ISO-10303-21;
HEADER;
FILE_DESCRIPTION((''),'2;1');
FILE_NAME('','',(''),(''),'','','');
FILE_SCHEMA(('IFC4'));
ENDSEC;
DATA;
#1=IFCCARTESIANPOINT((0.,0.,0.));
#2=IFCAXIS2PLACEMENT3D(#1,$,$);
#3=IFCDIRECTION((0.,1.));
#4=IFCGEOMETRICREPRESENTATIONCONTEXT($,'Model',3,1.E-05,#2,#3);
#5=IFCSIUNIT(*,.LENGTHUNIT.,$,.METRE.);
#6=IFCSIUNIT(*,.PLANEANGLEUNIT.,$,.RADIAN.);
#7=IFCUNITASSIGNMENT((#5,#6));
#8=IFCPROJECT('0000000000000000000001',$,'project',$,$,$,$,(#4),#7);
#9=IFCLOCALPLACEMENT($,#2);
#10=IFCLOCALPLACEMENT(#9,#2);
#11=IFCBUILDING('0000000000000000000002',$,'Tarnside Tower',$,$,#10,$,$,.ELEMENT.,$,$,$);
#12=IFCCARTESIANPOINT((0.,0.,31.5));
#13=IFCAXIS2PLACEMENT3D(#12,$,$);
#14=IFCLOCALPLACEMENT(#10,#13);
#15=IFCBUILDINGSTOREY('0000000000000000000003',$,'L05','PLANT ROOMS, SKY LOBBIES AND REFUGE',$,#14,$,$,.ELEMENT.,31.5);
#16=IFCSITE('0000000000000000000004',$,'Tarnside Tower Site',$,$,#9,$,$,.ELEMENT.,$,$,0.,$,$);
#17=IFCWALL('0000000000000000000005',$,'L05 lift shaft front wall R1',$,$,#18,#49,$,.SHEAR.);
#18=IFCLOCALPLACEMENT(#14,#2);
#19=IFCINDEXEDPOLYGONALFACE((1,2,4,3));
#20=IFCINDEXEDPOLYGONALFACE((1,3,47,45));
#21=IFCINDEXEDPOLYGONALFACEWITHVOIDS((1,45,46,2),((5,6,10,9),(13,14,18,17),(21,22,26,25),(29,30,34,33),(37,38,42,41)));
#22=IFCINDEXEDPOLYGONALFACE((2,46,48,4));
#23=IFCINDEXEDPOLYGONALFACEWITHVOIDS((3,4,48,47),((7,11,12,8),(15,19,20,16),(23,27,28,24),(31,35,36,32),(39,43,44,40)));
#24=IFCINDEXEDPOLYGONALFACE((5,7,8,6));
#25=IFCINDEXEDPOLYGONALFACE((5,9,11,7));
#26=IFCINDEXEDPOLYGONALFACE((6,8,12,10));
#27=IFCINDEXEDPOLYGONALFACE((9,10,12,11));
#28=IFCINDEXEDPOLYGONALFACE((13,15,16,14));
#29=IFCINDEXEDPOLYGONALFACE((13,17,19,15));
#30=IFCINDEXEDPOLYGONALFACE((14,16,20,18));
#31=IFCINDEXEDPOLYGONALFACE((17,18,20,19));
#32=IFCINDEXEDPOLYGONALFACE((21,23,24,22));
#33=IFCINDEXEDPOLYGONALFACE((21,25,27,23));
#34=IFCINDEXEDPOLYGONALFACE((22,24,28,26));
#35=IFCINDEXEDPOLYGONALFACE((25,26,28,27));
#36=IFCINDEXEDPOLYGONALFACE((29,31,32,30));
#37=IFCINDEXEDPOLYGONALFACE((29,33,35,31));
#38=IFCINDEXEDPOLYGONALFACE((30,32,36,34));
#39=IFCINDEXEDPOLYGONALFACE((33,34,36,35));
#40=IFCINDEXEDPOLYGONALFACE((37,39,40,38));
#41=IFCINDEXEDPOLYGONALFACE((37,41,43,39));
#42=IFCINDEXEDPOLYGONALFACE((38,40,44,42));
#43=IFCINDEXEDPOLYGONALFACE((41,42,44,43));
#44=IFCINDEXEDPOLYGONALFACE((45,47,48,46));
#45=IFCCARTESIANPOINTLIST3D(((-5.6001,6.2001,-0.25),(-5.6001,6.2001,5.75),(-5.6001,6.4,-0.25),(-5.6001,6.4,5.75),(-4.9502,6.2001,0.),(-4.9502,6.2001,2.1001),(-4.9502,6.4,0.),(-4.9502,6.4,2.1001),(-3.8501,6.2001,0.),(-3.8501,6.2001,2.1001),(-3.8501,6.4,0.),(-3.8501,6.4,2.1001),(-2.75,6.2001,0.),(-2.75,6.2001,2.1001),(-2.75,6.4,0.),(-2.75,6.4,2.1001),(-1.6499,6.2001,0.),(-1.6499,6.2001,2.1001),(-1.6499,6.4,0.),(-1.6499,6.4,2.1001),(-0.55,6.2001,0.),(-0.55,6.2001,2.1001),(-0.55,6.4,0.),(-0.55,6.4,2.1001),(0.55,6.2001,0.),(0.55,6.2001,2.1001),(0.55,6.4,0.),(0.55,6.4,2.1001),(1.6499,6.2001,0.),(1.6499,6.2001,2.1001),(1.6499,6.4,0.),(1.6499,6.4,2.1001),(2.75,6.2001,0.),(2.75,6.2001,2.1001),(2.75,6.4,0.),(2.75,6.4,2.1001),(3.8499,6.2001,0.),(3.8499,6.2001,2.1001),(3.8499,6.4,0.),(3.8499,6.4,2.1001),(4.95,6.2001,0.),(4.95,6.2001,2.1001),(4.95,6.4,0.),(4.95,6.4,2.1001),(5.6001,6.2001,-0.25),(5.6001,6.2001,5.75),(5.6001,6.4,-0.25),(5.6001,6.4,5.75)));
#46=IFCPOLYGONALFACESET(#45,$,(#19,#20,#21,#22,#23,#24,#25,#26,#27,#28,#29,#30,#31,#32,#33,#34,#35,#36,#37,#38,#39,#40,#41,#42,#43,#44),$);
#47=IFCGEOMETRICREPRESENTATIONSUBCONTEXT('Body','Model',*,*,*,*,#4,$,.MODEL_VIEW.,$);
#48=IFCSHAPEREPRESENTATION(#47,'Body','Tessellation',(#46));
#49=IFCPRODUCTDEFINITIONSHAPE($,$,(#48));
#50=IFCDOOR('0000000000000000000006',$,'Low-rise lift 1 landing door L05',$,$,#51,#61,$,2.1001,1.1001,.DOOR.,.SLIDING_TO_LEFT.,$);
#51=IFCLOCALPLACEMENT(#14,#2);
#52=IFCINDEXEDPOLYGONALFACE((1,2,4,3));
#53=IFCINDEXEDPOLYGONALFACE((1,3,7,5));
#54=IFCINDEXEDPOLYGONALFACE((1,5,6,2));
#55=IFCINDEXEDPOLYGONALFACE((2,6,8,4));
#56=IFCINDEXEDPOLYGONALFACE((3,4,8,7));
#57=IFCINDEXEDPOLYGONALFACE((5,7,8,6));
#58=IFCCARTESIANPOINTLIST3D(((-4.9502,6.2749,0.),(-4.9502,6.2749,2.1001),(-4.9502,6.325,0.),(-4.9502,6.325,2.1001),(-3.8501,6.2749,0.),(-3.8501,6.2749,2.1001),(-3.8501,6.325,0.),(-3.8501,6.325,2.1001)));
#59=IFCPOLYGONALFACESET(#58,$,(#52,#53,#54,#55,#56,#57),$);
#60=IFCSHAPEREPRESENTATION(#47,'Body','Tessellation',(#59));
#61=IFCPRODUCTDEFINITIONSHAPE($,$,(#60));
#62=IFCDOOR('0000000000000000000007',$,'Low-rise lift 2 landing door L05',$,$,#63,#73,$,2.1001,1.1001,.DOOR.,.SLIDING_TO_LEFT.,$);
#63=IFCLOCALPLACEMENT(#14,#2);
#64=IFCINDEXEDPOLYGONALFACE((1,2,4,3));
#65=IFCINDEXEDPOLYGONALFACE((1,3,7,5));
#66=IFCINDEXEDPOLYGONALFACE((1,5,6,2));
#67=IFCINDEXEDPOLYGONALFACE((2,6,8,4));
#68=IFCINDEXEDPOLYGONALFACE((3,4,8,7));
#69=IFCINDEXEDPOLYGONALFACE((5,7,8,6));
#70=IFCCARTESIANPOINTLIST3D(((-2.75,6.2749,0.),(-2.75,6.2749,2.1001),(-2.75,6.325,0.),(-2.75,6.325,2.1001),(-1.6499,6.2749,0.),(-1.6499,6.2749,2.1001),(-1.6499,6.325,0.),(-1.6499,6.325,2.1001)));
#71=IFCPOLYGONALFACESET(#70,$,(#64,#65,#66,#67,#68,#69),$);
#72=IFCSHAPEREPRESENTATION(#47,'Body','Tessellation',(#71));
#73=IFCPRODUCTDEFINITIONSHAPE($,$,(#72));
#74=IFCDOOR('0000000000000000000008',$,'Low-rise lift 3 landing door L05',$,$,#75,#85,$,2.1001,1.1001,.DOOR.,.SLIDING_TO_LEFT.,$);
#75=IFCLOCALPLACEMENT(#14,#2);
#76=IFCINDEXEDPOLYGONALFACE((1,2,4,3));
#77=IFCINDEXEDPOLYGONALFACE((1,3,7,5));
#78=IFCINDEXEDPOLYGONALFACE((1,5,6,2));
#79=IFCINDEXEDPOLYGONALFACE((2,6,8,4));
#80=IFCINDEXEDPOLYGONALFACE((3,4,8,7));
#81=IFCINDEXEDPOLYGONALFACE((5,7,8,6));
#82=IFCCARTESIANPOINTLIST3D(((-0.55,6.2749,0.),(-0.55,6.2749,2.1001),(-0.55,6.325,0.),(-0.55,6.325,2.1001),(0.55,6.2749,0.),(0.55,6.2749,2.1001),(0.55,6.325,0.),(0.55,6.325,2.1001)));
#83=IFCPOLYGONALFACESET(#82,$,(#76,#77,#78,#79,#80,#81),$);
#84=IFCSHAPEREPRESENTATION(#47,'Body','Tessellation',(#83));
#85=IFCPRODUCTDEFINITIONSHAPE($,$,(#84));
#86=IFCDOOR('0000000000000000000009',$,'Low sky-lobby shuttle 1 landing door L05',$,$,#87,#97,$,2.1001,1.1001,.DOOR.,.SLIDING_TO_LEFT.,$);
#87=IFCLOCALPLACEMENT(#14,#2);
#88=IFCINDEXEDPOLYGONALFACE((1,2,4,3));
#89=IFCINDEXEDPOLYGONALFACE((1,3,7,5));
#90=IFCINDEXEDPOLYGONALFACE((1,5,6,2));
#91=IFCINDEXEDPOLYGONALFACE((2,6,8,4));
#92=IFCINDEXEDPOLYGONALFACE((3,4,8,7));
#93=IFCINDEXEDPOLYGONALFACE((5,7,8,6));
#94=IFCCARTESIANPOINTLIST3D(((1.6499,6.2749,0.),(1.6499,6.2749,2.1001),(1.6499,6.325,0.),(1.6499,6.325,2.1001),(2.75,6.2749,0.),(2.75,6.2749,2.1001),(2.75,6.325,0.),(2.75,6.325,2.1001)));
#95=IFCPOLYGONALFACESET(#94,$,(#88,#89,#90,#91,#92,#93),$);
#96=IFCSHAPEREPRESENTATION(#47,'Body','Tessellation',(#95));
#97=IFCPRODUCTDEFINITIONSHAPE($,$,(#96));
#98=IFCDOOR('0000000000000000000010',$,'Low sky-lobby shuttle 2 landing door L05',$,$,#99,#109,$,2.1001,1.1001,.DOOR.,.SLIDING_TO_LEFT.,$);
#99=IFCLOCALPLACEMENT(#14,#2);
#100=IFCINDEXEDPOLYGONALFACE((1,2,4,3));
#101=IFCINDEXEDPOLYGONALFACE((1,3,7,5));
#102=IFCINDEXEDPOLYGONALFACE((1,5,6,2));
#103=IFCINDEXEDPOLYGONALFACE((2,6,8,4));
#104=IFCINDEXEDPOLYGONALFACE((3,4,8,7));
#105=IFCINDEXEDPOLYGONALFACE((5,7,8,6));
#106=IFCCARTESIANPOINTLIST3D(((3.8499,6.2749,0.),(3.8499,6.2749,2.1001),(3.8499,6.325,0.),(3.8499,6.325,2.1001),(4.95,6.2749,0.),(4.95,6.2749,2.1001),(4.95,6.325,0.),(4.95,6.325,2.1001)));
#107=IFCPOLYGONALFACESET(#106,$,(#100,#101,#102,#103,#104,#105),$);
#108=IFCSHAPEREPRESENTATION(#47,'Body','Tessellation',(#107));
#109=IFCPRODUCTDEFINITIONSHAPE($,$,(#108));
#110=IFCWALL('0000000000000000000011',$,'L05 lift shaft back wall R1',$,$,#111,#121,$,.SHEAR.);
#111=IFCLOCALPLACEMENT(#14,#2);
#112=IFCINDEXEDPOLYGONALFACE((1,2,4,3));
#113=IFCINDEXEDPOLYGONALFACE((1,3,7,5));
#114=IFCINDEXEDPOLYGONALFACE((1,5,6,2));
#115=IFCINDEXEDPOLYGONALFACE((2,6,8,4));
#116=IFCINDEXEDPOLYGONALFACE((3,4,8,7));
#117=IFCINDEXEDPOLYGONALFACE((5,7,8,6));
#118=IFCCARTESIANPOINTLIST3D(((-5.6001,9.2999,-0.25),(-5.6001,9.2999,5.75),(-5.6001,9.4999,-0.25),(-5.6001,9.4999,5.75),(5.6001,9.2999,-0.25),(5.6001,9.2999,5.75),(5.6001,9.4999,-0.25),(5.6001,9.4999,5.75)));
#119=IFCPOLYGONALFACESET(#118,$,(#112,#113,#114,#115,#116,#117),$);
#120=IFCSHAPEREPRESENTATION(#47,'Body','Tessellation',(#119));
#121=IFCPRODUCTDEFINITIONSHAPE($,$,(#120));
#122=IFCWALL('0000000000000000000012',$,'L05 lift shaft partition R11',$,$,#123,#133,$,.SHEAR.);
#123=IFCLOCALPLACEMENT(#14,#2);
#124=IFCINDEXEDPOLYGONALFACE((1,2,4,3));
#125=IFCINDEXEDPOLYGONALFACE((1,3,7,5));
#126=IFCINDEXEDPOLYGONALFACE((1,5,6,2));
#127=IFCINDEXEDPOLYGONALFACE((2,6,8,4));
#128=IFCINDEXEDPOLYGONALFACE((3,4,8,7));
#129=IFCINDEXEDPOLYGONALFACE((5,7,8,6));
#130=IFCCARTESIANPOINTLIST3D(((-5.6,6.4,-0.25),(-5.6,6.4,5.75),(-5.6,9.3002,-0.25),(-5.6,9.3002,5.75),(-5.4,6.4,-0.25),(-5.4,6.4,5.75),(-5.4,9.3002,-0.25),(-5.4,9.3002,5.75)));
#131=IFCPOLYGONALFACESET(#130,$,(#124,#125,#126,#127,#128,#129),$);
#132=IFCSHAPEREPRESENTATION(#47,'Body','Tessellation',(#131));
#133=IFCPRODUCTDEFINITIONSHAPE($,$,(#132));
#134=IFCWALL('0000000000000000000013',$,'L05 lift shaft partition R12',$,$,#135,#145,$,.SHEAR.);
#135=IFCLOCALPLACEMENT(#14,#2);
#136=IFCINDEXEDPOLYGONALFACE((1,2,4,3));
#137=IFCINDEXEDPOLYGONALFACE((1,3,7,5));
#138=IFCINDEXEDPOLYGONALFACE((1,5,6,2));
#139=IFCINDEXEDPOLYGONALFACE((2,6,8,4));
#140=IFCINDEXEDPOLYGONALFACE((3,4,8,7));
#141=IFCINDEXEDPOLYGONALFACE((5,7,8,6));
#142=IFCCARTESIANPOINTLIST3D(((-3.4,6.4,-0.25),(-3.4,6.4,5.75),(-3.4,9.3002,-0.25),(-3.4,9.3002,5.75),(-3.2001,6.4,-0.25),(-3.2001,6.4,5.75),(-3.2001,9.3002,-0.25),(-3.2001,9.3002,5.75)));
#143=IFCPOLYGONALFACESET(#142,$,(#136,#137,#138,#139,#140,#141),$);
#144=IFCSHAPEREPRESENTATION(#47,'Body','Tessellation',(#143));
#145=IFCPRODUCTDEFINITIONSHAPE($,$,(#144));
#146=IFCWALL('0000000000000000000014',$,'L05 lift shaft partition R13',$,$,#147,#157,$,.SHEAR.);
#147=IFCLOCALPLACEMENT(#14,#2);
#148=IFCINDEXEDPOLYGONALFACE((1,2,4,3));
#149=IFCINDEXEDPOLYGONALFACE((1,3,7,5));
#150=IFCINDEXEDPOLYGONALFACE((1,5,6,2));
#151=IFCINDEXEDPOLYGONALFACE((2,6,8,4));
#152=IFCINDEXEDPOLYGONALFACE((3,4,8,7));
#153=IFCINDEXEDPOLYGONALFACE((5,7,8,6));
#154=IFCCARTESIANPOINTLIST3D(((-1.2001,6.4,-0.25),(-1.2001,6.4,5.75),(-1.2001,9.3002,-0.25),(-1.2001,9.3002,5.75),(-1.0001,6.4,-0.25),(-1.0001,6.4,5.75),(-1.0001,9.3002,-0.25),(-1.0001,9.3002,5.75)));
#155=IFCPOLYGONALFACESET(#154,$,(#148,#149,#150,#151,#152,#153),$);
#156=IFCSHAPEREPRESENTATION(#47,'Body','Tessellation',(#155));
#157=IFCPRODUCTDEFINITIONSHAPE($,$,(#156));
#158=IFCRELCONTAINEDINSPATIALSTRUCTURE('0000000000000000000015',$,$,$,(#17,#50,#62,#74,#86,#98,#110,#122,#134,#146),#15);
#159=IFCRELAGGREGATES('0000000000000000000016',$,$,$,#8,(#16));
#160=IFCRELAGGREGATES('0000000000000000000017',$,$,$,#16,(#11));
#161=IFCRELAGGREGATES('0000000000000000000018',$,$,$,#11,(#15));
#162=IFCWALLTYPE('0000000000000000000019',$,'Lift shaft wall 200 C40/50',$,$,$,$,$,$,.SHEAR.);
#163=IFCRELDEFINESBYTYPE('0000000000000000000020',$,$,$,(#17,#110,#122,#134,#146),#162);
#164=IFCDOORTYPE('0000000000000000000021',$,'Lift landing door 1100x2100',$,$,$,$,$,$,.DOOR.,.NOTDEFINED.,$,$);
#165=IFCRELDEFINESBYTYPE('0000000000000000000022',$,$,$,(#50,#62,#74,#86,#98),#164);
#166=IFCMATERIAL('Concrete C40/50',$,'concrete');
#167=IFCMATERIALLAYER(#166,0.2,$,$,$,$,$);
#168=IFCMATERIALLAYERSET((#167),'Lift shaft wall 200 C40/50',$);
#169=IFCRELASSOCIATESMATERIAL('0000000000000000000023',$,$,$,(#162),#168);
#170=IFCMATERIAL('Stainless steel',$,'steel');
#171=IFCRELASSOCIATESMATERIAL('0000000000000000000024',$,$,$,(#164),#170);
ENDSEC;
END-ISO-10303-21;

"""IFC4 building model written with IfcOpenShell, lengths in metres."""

from ifc_helpers import new_model, si_unit, direction, frame, frame_2d, origin, place, context, subcontext, project, spatial, rectangle, extrude, material, layer, layer_set, type_object, element, fill, save


model = new_model("IFC4")

# Units and contexts
model_context = context("Model", 3, precision=1e-05, world=origin(), true_north=direction((0.0, 1.0)))
body_context = subcontext(model_context, "Body", "Model", "MODEL_VIEW")
ifc_project = project(units=[si_unit("LENGTHUNIT", "METRE"), si_unit("PLANEANGLEUNIT", "RADIAN")], contexts=[model_context])

# Site, building, storey
site_placement = place(None, origin())
site = spatial("IfcSite", under=ifc_project, at=site_placement, Name="Tarnside Tower Site", CompositionType="ELEMENT", RefElevation=0.0)
building_placement = place(site_placement, origin())
building = spatial("IfcBuilding", under=site, at=building_placement, Name="Tarnside Tower", CompositionType="ELEMENT")
storey_placement = place(building_placement, frame((0.0, 0.0, 31.5)))
storey = spatial("IfcBuildingStorey", under=building, at=storey_placement, Name="L05", Description="PLANT ROOMS, SKY LOBBIES AND REFUGE", CompositionType="ELEMENT", Elevation=31.5)

# Wall, openings, doors
ifc_material_1 = material(Name="Concrete C40/50", Category="concrete")
ifc_layer_1 = layer(ifc_material_1, 0.2)
ifc_layer_set_1 = layer_set([ifc_layer_1], Name="Lift shaft wall 200 C40/50")
wall_type_1 = type_object("IfcWallType", Name="Lift shaft wall 200 C40/50", PredefinedType="SHEAR", material=ifc_layer_set_1)
wall_1_placement = place(storey_placement, frame((-5.6001, 6.3, -0.25), z_axis=(0.0, 0.0, 1.0), x_axis=(1.0, 0.0, 0.0)))
wall_1 = element("IfcWall", 1, at=wall_1_placement, inside=storey, type_object=wall_type_1, Name="L05 lift shaft front wall R1", PredefinedType="SHEAR", context=body_context, shape_type="SweptSolid", body=[
    extrude(rectangle(XDim=11.2002, YDim=0.2, at=frame_2d((5.6001, 0.0))), origin(), (0.0, 0.0, 1.0), 6.0),
])
opening_1_placement = place(wall_1_placement, frame((0.6499, 0.0, 0.25)))
opening_1 = element("IfcOpeningElement", 2, at=opening_1_placement, cuts=wall_1, PredefinedType="OPENING", context=body_context, shape_type="SweptSolid", body=[
    extrude(rectangle(XDim=1.1001, YDim=2.1001, at=frame_2d((0.55, 1.05))), frame((0.0, 0.1099, 0.0), z_axis=(0.0, -1.0, 0.0), x_axis=(1.0, 0.0, 0.0)), (0.0, 0.0, 1.0), 0.22),
])
opening_2_placement = place(wall_1_placement, frame((2.8501, 0.0, 0.25)))
opening_2 = element("IfcOpeningElement", 3, at=opening_2_placement, cuts=wall_1, PredefinedType="OPENING", context=body_context, shape_type="SweptSolid", body=[
    extrude(rectangle(XDim=1.1001, YDim=2.1001, at=frame_2d((0.55, 1.05))), frame((0.0, 0.1099, 0.0), z_axis=(0.0, -1.0, 0.0), x_axis=(1.0, 0.0, 0.0)), (0.0, 0.0, 1.0), 0.22),
])
opening_3_placement = place(wall_1_placement, frame((5.05, 0.0, 0.25)))
opening_3 = element("IfcOpeningElement", 4, at=opening_3_placement, cuts=wall_1, PredefinedType="OPENING", context=body_context, shape_type="SweptSolid", body=[
    extrude(rectangle(XDim=1.1001, YDim=2.1001, at=frame_2d((0.55, 1.05))), frame((0.0, 0.1099, 0.0), z_axis=(0.0, -1.0, 0.0), x_axis=(1.0, 0.0, 0.0)), (0.0, 0.0, 1.0), 0.22),
])
opening_4_placement = place(wall_1_placement, frame((7.25, 0.0, 0.25)))
opening_4 = element("IfcOpeningElement", 5, at=opening_4_placement, cuts=wall_1, PredefinedType="OPENING", context=body_context, shape_type="SweptSolid", body=[
    extrude(rectangle(XDim=1.1001, YDim=2.1001, at=frame_2d((0.55, 1.05))), frame((0.0, 0.1099, 0.0), z_axis=(0.0, -1.0, 0.0), x_axis=(1.0, 0.0, 0.0)), (0.0, 0.0, 1.0), 0.22),
])
opening_5_placement = place(wall_1_placement, frame((9.45, 0.0, 0.25)))
opening_5 = element("IfcOpeningElement", 6, at=opening_5_placement, cuts=wall_1, PredefinedType="OPENING", context=body_context, shape_type="SweptSolid", body=[
    extrude(rectangle(XDim=1.1001, YDim=2.1001, at=frame_2d((0.55, 1.05))), frame((0.0, 0.1099, 0.0), z_axis=(0.0, -1.0, 0.0), x_axis=(1.0, 0.0, 0.0)), (0.0, 0.0, 1.0), 0.22),
])
ifc_material_2 = material(Name="Stainless steel", Category="steel")
door_type_1 = type_object("IfcDoorType", Name="Lift landing door 1100x2100", OperationType="NOTDEFINED", PredefinedType="DOOR", material=ifc_material_2)
door_1_placement = place(opening_1_placement, origin())
door_1 = element("IfcDoor", 7, at=door_1_placement, inside=storey, type_object=door_type_1, Name="Low-rise lift 1 landing door L05", OperationType="SLIDING_TO_LEFT", OverallHeight=2.1001, OverallWidth=1.1001, PredefinedType="DOOR", context=body_context, shape_type="SweptSolid", body=[
    extrude(rectangle(XDim=1.1001, YDim=2.1001, at=frame_2d((0.55, 1.05))), frame((0.0, 0.0249, 0.0), z_axis=(0.0, -1.0, 0.0), x_axis=(1.0, 0.0, 0.0)), (0.0, 0.0, 1.0), 0.05),
])
fill(opening_1, door_1)
door_2_placement = place(opening_2_placement, origin())
door_2 = element("IfcDoor", 8, at=door_2_placement, inside=storey, type_object=door_type_1, Name="Low-rise lift 2 landing door L05", OperationType="SLIDING_TO_LEFT", OverallHeight=2.1001, OverallWidth=1.1001, PredefinedType="DOOR", context=body_context, shape_type="SweptSolid", body=[
    extrude(rectangle(XDim=1.1001, YDim=2.1001, at=frame_2d((0.55, 1.05))), frame((0.0, 0.0249, 0.0), z_axis=(0.0, -1.0, 0.0), x_axis=(1.0, 0.0, 0.0)), (0.0, 0.0, 1.0), 0.05),
])
fill(opening_2, door_2)
door_3_placement = place(opening_3_placement, origin())
door_3 = element("IfcDoor", 9, at=door_3_placement, inside=storey, type_object=door_type_1, Name="Low-rise lift 3 landing door L05", OperationType="SLIDING_TO_LEFT", OverallHeight=2.1001, OverallWidth=1.1001, PredefinedType="DOOR", context=body_context, shape_type="SweptSolid", body=[
    extrude(rectangle(XDim=1.1001, YDim=2.1001, at=frame_2d((0.55, 1.05))), frame((0.0, 0.0249, 0.0), z_axis=(0.0, -1.0, 0.0), x_axis=(1.0, 0.0, 0.0)), (0.0, 0.0, 1.0), 0.05),
])
fill(opening_3, door_3)
door_4_placement = place(opening_4_placement, origin())
door_4 = element("IfcDoor", 10, at=door_4_placement, inside=storey, type_object=door_type_1, Name="Low sky-lobby shuttle 1 landing door L05", OperationType="SLIDING_TO_LEFT", OverallHeight=2.1001, OverallWidth=1.1001, PredefinedType="DOOR", context=body_context, shape_type="SweptSolid", body=[
    extrude(rectangle(XDim=1.1001, YDim=2.1001, at=frame_2d((0.55, 1.05))), frame((0.0, 0.0249, 0.0), z_axis=(0.0, -1.0, 0.0), x_axis=(1.0, 0.0, 0.0)), (0.0, 0.0, 1.0), 0.05),
])
fill(opening_4, door_4)
door_5_placement = place(opening_5_placement, origin())
door_5 = element("IfcDoor", 11, at=door_5_placement, inside=storey, type_object=door_type_1, Name="Low sky-lobby shuttle 2 landing door L05", OperationType="SLIDING_TO_LEFT", OverallHeight=2.1001, OverallWidth=1.1001, PredefinedType="DOOR", context=body_context, shape_type="SweptSolid", body=[
    extrude(rectangle(XDim=1.1001, YDim=2.1001, at=frame_2d((0.55, 1.05))), frame((0.0, 0.0249, 0.0), z_axis=(0.0, -1.0, 0.0), x_axis=(1.0, 0.0, 0.0)), (0.0, 0.0, 1.0), 0.05),
])
fill(opening_5, door_5)

# Walls
wall_2_placement = place(storey_placement, frame((-5.6001, 9.3999, -0.25), z_axis=(0.0, 0.0, 1.0), x_axis=(1.0, 0.0, 0.0)))
element("IfcWall", 12, at=wall_2_placement, inside=storey, type_object=wall_type_1, Name="L05 lift shaft back wall R1", PredefinedType="SHEAR", context=body_context, shape_type="SweptSolid", body=[
    extrude(rectangle(XDim=11.2002, YDim=0.2, at=frame_2d((5.6001, 0.0))), origin(), (0.0, 0.0, 1.0), 6.0),
])
for number, where, z_axis, x_axis, name in (
    (13, (-5.5, 6.3999, -0.25), (0.0, 0.0, 1.0), (0.0, 1.0, 0.0), "L05 lift shaft partition R11"),
    (14, (-3.3, 6.3999, -0.25), (0.0, 0.0, 1.0), (0.0, 1.0, 0.0), "L05 lift shaft partition R12"),
    (15, (-1.1001, 6.3999, -0.25), (0.0, 0.0, 1.0), (0.0, 1.0, 0.0), "L05 lift shaft partition R13"),
):
    element("IfcWall", number, at=place(storey_placement, frame(where, z_axis=z_axis, x_axis=x_axis)), inside=storey, type_object=wall_type_1, Name=name, PredefinedType="SHEAR", context=body_context, shape_type="SweptSolid", body=[
        extrude(rectangle(XDim=2.9001, YDim=0.2, at=frame_2d((1.4502, 0.0))), origin(), (0.0, 0.0, 1.0), 6.0),
    ])

save(model, "model.ifc")
